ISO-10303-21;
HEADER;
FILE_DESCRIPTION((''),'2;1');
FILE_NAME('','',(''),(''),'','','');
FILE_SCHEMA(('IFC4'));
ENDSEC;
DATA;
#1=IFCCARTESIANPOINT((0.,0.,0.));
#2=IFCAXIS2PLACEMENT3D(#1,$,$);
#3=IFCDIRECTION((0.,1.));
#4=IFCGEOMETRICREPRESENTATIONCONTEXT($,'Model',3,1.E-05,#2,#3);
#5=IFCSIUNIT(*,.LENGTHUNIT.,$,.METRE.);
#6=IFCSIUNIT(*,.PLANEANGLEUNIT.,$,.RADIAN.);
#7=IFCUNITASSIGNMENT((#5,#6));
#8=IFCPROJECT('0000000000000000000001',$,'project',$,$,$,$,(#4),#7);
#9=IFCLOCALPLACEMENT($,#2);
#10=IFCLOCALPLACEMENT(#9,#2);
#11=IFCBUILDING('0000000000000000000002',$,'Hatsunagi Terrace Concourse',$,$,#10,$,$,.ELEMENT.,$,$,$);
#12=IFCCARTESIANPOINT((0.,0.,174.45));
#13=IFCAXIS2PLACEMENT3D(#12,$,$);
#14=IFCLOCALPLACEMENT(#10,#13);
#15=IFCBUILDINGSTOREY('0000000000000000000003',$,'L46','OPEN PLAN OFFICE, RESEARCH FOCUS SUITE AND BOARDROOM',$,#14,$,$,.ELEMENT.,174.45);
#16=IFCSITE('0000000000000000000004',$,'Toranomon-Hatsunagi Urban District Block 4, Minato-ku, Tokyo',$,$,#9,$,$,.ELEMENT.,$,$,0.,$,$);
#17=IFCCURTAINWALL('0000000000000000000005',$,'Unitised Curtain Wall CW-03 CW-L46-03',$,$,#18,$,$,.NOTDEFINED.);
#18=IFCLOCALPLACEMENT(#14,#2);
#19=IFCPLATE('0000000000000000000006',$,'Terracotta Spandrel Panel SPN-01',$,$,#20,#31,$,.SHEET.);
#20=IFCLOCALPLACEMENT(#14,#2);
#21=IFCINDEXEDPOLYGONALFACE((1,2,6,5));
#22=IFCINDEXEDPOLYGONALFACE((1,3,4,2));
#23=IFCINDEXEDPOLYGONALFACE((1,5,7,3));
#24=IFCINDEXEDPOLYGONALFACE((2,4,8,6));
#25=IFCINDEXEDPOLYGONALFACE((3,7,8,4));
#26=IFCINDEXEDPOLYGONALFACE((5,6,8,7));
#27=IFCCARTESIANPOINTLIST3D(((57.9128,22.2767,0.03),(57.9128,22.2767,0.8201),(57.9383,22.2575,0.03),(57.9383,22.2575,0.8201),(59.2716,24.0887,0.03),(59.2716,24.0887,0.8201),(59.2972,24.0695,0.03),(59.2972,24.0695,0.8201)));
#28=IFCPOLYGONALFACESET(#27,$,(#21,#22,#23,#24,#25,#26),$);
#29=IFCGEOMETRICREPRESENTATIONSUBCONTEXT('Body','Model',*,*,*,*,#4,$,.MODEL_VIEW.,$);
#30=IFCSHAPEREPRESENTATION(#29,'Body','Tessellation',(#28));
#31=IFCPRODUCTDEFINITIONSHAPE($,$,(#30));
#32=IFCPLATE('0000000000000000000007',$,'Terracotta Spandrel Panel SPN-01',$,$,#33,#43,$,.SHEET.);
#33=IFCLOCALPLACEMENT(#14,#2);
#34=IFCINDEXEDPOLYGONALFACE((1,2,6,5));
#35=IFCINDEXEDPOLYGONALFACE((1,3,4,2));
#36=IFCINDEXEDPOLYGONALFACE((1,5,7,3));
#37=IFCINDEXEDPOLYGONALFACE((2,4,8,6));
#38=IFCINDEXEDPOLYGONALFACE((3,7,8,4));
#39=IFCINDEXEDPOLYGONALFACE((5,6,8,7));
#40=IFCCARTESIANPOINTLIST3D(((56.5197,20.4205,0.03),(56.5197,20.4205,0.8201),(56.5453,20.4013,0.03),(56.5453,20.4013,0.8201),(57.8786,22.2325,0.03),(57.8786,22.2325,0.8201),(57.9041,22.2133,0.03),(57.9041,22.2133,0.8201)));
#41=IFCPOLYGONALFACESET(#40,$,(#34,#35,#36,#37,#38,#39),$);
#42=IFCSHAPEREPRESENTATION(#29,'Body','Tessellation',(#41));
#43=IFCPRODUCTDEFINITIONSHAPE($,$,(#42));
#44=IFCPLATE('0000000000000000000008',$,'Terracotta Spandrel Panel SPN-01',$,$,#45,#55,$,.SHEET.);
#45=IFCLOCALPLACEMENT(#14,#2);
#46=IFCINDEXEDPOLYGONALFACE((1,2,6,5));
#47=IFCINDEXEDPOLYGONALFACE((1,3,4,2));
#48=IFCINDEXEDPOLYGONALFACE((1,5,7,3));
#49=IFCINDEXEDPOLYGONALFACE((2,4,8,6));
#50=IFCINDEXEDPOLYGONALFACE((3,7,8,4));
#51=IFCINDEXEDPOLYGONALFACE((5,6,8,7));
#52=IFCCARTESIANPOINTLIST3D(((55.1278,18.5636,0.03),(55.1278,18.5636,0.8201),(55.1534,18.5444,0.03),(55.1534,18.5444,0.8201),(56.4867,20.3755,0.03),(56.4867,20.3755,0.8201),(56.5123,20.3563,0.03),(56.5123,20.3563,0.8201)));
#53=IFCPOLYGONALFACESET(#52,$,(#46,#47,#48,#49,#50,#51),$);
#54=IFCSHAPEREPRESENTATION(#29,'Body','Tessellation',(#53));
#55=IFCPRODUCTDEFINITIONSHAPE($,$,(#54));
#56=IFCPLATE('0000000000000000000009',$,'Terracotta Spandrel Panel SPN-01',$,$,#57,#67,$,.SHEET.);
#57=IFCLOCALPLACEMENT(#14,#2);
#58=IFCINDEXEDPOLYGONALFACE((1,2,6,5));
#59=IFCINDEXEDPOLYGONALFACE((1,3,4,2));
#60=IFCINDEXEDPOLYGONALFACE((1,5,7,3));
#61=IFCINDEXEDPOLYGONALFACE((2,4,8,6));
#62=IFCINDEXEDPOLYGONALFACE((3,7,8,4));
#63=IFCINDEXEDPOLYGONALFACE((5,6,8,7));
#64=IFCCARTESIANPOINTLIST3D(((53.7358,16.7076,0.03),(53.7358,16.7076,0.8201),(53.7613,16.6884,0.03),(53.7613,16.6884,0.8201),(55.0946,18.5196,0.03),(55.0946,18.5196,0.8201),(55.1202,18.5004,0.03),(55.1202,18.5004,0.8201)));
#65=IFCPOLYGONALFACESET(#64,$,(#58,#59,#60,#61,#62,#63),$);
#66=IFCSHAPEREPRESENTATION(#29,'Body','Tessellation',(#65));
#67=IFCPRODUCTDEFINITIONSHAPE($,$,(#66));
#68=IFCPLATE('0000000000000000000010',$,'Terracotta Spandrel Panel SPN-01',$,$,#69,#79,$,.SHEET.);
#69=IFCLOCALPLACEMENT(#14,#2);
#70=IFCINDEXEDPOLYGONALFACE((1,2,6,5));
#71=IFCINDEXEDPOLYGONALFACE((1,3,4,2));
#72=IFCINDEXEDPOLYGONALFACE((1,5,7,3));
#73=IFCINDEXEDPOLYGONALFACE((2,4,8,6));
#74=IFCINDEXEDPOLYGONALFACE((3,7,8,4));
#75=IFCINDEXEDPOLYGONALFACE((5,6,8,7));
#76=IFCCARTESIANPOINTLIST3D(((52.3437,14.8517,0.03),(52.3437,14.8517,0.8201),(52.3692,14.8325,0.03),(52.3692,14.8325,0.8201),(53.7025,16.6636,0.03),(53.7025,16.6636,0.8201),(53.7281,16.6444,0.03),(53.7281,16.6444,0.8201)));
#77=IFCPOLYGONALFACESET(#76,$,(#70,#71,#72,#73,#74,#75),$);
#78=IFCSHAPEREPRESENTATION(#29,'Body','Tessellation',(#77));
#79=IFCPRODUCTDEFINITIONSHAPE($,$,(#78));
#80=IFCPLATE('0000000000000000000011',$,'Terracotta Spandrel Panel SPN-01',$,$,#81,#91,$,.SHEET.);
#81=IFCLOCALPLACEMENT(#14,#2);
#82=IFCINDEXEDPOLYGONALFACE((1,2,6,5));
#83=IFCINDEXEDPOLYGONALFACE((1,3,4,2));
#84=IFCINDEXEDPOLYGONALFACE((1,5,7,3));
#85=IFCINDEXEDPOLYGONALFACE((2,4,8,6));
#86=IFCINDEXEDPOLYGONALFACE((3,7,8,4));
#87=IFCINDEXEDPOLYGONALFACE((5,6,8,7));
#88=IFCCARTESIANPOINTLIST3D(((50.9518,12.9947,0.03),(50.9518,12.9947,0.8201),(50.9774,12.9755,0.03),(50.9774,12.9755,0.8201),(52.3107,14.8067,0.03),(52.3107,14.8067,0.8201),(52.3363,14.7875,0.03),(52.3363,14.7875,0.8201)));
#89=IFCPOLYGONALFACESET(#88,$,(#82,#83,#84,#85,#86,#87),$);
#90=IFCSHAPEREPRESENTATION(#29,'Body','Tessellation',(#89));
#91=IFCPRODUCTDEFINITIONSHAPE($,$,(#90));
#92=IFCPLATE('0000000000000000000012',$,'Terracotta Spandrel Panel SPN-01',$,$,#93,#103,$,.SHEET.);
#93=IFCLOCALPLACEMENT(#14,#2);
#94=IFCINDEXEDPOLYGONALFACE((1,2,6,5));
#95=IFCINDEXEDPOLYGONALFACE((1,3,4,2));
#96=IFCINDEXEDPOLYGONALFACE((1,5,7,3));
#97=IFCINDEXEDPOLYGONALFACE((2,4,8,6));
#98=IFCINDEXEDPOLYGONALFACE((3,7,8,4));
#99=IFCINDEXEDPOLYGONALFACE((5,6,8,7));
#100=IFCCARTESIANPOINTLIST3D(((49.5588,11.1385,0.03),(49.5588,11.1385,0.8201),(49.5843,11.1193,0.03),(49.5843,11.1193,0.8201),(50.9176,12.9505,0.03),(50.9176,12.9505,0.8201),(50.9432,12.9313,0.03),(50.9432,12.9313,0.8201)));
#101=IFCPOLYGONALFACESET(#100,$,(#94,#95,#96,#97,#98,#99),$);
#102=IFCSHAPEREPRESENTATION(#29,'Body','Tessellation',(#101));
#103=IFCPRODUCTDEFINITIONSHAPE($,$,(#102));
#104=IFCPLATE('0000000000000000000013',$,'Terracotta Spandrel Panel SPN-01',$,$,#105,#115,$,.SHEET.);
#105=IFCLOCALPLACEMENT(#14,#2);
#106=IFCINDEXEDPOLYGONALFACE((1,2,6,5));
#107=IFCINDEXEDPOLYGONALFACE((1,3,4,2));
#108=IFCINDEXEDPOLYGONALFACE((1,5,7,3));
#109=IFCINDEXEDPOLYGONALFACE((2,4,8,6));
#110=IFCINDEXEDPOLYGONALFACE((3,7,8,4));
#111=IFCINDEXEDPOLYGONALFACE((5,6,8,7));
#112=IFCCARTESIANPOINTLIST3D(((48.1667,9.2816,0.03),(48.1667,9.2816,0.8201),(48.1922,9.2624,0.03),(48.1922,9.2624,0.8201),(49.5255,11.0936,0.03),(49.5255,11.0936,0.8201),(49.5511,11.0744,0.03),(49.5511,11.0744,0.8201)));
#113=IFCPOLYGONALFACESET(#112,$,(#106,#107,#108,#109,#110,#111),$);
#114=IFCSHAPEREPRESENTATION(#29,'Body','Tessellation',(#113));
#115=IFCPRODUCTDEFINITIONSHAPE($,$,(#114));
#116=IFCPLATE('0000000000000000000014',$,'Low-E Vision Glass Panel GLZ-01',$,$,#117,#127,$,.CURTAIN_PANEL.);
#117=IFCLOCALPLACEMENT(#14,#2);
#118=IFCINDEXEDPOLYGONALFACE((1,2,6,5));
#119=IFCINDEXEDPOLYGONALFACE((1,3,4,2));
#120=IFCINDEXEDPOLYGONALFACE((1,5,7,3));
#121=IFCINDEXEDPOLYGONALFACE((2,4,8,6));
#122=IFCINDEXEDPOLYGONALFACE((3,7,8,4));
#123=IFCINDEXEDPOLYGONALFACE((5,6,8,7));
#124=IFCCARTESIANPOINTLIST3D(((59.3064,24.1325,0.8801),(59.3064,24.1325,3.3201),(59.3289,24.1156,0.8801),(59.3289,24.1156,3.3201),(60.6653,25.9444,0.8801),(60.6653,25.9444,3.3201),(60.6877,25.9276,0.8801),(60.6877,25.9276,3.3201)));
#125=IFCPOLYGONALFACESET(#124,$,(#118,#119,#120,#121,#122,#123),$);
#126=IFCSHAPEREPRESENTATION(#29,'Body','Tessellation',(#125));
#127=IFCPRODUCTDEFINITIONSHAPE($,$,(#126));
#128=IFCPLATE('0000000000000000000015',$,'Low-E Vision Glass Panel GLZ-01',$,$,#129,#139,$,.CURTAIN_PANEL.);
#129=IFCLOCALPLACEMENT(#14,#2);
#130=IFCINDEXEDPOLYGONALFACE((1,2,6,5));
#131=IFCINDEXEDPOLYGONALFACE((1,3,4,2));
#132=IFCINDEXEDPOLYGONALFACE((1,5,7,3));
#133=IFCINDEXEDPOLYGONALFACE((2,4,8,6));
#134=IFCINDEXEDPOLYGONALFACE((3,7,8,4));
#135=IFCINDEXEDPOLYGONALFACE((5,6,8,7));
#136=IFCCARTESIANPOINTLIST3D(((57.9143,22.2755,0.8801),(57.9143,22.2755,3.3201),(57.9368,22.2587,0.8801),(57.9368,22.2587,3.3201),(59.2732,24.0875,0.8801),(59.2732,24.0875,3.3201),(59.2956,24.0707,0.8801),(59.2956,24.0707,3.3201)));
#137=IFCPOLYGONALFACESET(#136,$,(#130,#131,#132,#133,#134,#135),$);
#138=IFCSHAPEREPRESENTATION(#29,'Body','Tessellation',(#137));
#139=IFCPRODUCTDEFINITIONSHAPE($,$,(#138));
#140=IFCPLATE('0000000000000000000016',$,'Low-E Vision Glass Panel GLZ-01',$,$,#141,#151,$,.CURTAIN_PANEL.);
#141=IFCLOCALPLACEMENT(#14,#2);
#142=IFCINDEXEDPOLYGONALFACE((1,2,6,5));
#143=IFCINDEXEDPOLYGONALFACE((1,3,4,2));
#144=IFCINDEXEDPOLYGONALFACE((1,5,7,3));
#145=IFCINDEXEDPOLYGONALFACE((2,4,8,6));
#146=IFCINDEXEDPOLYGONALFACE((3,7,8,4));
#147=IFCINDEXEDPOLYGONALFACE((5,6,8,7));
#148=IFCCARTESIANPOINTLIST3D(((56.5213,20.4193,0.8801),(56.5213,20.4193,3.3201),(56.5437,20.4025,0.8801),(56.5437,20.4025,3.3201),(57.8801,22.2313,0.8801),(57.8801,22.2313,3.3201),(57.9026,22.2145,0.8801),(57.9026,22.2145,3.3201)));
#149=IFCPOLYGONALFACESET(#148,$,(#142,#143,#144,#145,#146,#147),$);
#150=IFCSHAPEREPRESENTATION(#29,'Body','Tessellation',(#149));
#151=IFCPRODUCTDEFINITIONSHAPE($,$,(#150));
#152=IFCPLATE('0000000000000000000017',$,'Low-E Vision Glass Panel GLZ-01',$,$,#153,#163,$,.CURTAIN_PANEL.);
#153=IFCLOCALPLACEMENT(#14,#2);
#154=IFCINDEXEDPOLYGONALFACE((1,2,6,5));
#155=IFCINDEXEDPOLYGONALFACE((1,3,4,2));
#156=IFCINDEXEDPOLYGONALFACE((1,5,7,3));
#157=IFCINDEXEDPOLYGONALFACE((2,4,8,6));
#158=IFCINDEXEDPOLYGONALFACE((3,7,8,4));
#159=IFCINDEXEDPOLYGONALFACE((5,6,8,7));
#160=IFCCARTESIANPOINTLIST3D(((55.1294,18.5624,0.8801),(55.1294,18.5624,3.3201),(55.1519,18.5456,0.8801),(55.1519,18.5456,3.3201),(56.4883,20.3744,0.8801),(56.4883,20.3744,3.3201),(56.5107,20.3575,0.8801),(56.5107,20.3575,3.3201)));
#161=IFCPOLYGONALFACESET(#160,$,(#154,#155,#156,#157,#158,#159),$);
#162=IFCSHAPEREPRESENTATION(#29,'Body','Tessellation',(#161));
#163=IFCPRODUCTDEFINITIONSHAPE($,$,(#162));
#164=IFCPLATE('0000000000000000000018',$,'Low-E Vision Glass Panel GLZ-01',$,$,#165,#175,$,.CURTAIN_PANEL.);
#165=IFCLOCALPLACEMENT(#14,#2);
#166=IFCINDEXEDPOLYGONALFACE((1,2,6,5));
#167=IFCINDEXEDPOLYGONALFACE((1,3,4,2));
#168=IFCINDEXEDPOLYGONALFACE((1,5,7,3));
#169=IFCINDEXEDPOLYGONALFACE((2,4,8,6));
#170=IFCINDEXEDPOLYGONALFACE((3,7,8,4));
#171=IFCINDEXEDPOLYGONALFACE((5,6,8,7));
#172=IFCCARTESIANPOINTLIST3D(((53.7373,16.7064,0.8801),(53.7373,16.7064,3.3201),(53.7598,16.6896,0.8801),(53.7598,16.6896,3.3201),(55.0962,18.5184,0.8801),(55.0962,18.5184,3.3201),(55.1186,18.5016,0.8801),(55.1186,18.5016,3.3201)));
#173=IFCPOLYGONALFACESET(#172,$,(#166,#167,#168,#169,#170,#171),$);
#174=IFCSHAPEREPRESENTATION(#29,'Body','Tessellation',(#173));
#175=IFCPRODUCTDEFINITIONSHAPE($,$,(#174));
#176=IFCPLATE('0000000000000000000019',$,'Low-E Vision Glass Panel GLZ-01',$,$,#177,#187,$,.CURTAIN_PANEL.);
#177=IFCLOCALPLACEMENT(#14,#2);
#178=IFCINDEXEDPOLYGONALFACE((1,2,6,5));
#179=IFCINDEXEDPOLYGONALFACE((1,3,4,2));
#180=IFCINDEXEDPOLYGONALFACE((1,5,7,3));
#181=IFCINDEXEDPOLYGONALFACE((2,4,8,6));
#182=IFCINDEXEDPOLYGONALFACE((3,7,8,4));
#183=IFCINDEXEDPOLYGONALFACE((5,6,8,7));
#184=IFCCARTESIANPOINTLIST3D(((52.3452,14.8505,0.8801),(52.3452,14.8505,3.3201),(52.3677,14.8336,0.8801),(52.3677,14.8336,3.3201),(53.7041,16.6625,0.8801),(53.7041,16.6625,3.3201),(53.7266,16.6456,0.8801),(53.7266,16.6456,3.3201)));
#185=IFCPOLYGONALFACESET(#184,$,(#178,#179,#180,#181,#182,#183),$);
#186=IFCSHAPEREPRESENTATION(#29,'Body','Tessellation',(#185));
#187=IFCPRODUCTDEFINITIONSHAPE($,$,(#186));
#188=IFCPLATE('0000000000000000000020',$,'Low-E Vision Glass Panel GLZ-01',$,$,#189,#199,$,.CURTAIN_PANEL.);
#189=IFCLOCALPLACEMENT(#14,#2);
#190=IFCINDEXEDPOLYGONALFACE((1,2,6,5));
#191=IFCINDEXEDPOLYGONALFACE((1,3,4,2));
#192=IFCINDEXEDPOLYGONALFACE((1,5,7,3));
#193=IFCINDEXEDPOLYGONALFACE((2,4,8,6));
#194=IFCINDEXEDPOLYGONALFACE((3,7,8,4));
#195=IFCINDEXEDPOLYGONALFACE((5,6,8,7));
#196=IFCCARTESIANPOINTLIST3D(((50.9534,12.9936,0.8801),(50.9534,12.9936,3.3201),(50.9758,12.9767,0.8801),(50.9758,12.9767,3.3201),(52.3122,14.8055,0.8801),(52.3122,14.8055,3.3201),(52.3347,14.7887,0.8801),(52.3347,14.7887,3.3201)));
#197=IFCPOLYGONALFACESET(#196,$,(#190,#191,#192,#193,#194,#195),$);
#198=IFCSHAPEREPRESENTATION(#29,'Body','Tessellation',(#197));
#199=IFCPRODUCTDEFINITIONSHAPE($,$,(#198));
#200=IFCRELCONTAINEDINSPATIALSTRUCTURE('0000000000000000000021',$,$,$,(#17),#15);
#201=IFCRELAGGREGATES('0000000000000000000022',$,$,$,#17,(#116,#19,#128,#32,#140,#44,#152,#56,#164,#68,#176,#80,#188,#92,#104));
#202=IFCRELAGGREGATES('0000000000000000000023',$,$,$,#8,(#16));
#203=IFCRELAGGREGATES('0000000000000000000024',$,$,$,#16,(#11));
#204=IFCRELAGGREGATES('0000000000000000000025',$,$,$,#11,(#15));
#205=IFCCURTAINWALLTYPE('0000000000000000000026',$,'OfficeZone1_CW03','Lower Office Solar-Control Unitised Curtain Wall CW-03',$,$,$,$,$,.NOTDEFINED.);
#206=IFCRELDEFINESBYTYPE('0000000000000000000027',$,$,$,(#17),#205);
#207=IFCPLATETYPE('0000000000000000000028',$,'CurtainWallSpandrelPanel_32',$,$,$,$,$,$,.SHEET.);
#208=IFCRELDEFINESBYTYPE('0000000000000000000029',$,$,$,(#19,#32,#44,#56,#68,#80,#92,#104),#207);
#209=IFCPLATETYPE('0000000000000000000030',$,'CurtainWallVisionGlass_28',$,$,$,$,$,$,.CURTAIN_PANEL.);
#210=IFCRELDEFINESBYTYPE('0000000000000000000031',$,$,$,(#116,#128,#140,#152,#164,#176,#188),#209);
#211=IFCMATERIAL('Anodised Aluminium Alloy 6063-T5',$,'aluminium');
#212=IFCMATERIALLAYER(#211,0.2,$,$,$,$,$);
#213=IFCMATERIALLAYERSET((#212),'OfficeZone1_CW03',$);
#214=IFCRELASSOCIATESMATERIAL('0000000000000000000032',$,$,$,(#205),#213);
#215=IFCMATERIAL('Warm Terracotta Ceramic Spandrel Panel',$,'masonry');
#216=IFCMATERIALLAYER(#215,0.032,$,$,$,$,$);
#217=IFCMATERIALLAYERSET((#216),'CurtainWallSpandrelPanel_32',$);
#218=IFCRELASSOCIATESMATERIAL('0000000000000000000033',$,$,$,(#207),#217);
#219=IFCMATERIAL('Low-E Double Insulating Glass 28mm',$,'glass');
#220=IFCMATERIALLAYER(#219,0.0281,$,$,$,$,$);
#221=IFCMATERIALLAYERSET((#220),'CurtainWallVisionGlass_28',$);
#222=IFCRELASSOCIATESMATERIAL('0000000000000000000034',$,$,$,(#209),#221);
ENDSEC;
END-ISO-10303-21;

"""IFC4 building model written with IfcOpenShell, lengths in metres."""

from ifc_helpers import new_model, si_unit, direction, frame, origin, origin_2d, place, context, subcontext, project, spatial, rectangle, extrude, material, layer, layer_set, type_object, element, aggregate, save


model = new_model("IFC4")

# Units and contexts
model_context = context("Model", 3, precision=1e-05, world=origin(), true_north=direction((0.0, 1.0)))
body_context = subcontext(model_context, "Body", "Model", "MODEL_VIEW")
ifc_project = project(units=[si_unit("LENGTHUNIT", "METRE"), si_unit("PLANEANGLEUNIT", "RADIAN")], contexts=[model_context])

# Site, building, storey
site_placement = place(None, origin())
site = spatial("IfcSite", under=ifc_project, at=site_placement, Name="Toranomon-Hatsunagi Urban District Block 4, Minato-ku, Tokyo", CompositionType="ELEMENT", RefElevation=0.0)
building_placement = place(site_placement, origin())
building = spatial("IfcBuilding", under=site, at=building_placement, Name="Hatsunagi Terrace Concourse", CompositionType="ELEMENT")
storey_placement = place(building_placement, frame((0.0, 0.0, 174.45)))
storey = spatial("IfcBuildingStorey", under=building, at=storey_placement, Name="L46", Description="OPEN PLAN OFFICE, RESEARCH FOCUS SUITE AND BOARDROOM", CompositionType="ELEMENT", Elevation=174.45)

# Curtain wall
ifc_material_1 = material(Name="Anodised Aluminium Alloy 6063-T5", Category="aluminium")
ifc_layer_1 = layer(ifc_material_1, 0.2)
ifc_layer_set_1 = layer_set([ifc_layer_1], Name="OfficeZone1_CW03")
curtain_wall_type = type_object("IfcCurtainWallType", Name="OfficeZone1_CW03", Description="Lower Office Solar-Control Unitised Curtain Wall CW-03", PredefinedType="NOTDEFINED", material=ifc_layer_set_1)
curtain_wall_placement = place(storey_placement, origin())
curtain_wall = element("IfcCurtainWall", 1, at=curtain_wall_placement, inside=storey, type_object=curtain_wall_type, Name="Unitised Curtain Wall CW-03 CW-L46-03", PredefinedType="NOTDEFINED")

# Plates
ifc_material_2 = material(Name="Warm Terracotta Ceramic Spandrel Panel", Category="masonry")
ifc_layer_2 = layer(ifc_material_2, 0.032)
ifc_layer_set_2 = layer_set([ifc_layer_2], Name="CurtainWallSpandrelPanel_32")
plate_type_1 = type_object("IfcPlateType", Name="CurtainWallSpandrelPanel_32", PredefinedType="SHEET", material=ifc_layer_set_2)
plate_1_placement = place(storey_placement, frame((58.605, 23.1731, 0.03), z_axis=(0.0, 0.0, 1.0), x_axis=(-0.599969, -0.800023, 0.0)))
plate_1 = element("IfcPlate", 2, at=plate_1_placement, type_object=plate_type_1, Name="Terracotta Spandrel Panel SPN-01", PredefinedType="SHEET", context=body_context, shape_type="SweptSolid", body=[
    extrude(rectangle(XDim=2.2649, YDim=0.032, at=origin_2d()), origin(), (0.0, 0.0, 1.0), 0.79),
])
plate_2_placement = place(storey_placement, frame((57.2119, 21.3169, 0.03), z_axis=(0.0, 0.0, 1.0), x_axis=(-0.599969, -0.800023, 0.0)))
plate_2 = element("IfcPlate", 3, at=plate_2_placement, type_object=plate_type_1, Name="Terracotta Spandrel Panel SPN-01", PredefinedType="SHEET", context=body_context, shape_type="SweptSolid", body=[
    extrude(rectangle(XDim=2.2649, YDim=0.032, at=origin_2d()), origin(), (0.0, 0.0, 1.0), 0.79),
])
plate_3_placement = place(storey_placement, frame((55.8201, 19.46, 0.03), z_axis=(0.0, 0.0, 1.0), x_axis=(-0.599969, -0.800023, 0.0)))
plate_3 = element("IfcPlate", 4, at=plate_3_placement, type_object=plate_type_1, Name="Terracotta Spandrel Panel SPN-01", PredefinedType="SHEET", context=body_context, shape_type="SweptSolid", body=[
    extrude(rectangle(XDim=2.2649, YDim=0.032, at=origin_2d()), origin(), (0.0, 0.0, 1.0), 0.79),
])
plate_4_placement = place(storey_placement, frame((54.428, 17.604, 0.03), z_axis=(0.0, 0.0, 1.0), x_axis=(-0.599969, -0.800023, 0.0)))
plate_4 = element("IfcPlate", 5, at=plate_4_placement, type_object=plate_type_1, Name="Terracotta Spandrel Panel SPN-01", PredefinedType="SHEET", context=body_context, shape_type="SweptSolid", body=[
    extrude(rectangle(XDim=2.2649, YDim=0.032, at=origin_2d()), origin(), (0.0, 0.0, 1.0), 0.79),
])
plate_5_placement = place(storey_placement, frame((53.0359, 15.748, 0.03), z_axis=(0.0, 0.0, 1.0), x_axis=(-0.599969, -0.800023, 0.0)))
plate_5 = element("IfcPlate", 6, at=plate_5_placement, type_object=plate_type_1, Name="Terracotta Spandrel Panel SPN-01", PredefinedType="SHEET", context=body_context, shape_type="SweptSolid", body=[
    extrude(rectangle(XDim=2.2649, YDim=0.032, at=origin_2d()), origin(), (0.0, 0.0, 1.0), 0.79),
])
plate_6_placement = place(storey_placement, frame((51.644, 13.8911, 0.03), z_axis=(0.0, 0.0, 1.0), x_axis=(-0.599969, -0.800023, 0.0)))
plate_6 = element("IfcPlate", 7, at=plate_6_placement, type_object=plate_type_1, Name="Terracotta Spandrel Panel SPN-01", PredefinedType="SHEET", context=body_context, shape_type="SweptSolid", body=[
    extrude(rectangle(XDim=2.2649, YDim=0.032, at=origin_2d()), origin(), (0.0, 0.0, 1.0), 0.79),
])
plate_7_placement = place(storey_placement, frame((50.251, 12.0349, 0.03), z_axis=(0.0, 0.0, 1.0), x_axis=(-0.599969, -0.800023, 0.0)))
plate_7 = element("IfcPlate", 8, at=plate_7_placement, type_object=plate_type_1, Name="Terracotta Spandrel Panel SPN-01", PredefinedType="SHEET", context=body_context, shape_type="SweptSolid", body=[
    extrude(rectangle(XDim=2.2649, YDim=0.032, at=origin_2d()), origin(), (0.0, 0.0, 1.0), 0.79),
])
plate_8_placement = place(storey_placement, frame((48.8589, 10.178, 0.03), z_axis=(0.0, 0.0, 1.0), x_axis=(-0.599969, -0.800023, 0.0)))
plate_8 = element("IfcPlate", 9, at=plate_8_placement, type_object=plate_type_1, Name="Terracotta Spandrel Panel SPN-01", PredefinedType="SHEET", context=body_context, shape_type="SweptSolid", body=[
    extrude(rectangle(XDim=2.2649, YDim=0.032, at=origin_2d()), origin(), (0.0, 0.0, 1.0), 0.79),
])
ifc_material_3 = material(Name="Low-E Double Insulating Glass 28mm", Category="glass")
ifc_layer_3 = layer(ifc_material_3, 0.0281)
ifc_layer_set_3 = layer_set([ifc_layer_3], Name="CurtainWallVisionGlass_28")
plate_type_2 = type_object("IfcPlateType", Name="CurtainWallVisionGlass_28", PredefinedType="CURTAIN_PANEL", material=ifc_layer_set_3)
plate_9_placement = place(storey_placement, frame((59.9971, 25.03, 0.8801), z_axis=(0.0, 0.0, 1.0), x_axis=(-0.599969, -0.800023, 0.0)))
plate_9 = element("IfcPlate", 10, at=plate_9_placement, type_object=plate_type_2, Name="Low-E Vision Glass Panel GLZ-01", PredefinedType="CURTAIN_PANEL", context=body_context, shape_type="SweptSolid", body=[
    extrude(rectangle(XDim=2.2649, YDim=0.0281, at=origin_2d()), origin(), (0.0, 0.0, 1.0), 2.4399),
])
plate_10_placement = place(storey_placement, frame((58.605, 23.1731, 0.8801), z_axis=(0.0, 0.0, 1.0), x_axis=(-0.599969, -0.800023, 0.0)))
plate_10 = element("IfcPlate", 11, at=plate_10_placement, type_object=plate_type_2, Name="Low-E Vision Glass Panel GLZ-01", PredefinedType="CURTAIN_PANEL", context=body_context, shape_type="SweptSolid", body=[
    extrude(rectangle(XDim=2.2649, YDim=0.0281, at=origin_2d()), origin(), (0.0, 0.0, 1.0), 2.4399),
])
plate_11_placement = place(storey_placement, frame((57.2119, 21.3169, 0.8801), z_axis=(0.0, 0.0, 1.0), x_axis=(-0.599969, -0.800023, 0.0)))
plate_11 = element("IfcPlate", 12, at=plate_11_placement, type_object=plate_type_2, Name="Low-E Vision Glass Panel GLZ-01", PredefinedType="CURTAIN_PANEL", context=body_context, shape_type="SweptSolid", body=[
    extrude(rectangle(XDim=2.2649, YDim=0.0281, at=origin_2d()), origin(), (0.0, 0.0, 1.0), 2.4399),
])
plate_12_placement = place(storey_placement, frame((55.8201, 19.46, 0.8801), z_axis=(0.0, 0.0, 1.0), x_axis=(-0.599969, -0.800023, 0.0)))
plate_12 = element("IfcPlate", 13, at=plate_12_placement, type_object=plate_type_2, Name="Low-E Vision Glass Panel GLZ-01", PredefinedType="CURTAIN_PANEL", context=body_context, shape_type="SweptSolid", body=[
    extrude(rectangle(XDim=2.2649, YDim=0.0281, at=origin_2d()), origin(), (0.0, 0.0, 1.0), 2.4399),
])
plate_13_placement = place(storey_placement, frame((54.428, 17.604, 0.8801), z_axis=(0.0, 0.0, 1.0), x_axis=(-0.599969, -0.800023, 0.0)))
plate_13 = element("IfcPlate", 14, at=plate_13_placement, type_object=plate_type_2, Name="Low-E Vision Glass Panel GLZ-01", PredefinedType="CURTAIN_PANEL", context=body_context, shape_type="SweptSolid", body=[
    extrude(rectangle(XDim=2.2649, YDim=0.0281, at=origin_2d()), origin(), (0.0, 0.0, 1.0), 2.4399),
])
plate_14_placement = place(storey_placement, frame((53.0359, 15.748, 0.8801), z_axis=(0.0, 0.0, 1.0), x_axis=(-0.599969, -0.800023, 0.0)))
plate_14 = element("IfcPlate", 15, at=plate_14_placement, type_object=plate_type_2, Name="Low-E Vision Glass Panel GLZ-01", PredefinedType="CURTAIN_PANEL", context=body_context, shape_type="SweptSolid", body=[
    extrude(rectangle(XDim=2.2649, YDim=0.0281, at=origin_2d()), origin(), (0.0, 0.0, 1.0), 2.4399),
])
plate_15_placement = place(storey_placement, frame((51.644, 13.8911, 0.8801), z_axis=(0.0, 0.0, 1.0), x_axis=(-0.599969, -0.800023, 0.0)))
plate_15 = element("IfcPlate", 16, at=plate_15_placement, type_object=plate_type_2, Name="Low-E Vision Glass Panel GLZ-01", PredefinedType="CURTAIN_PANEL", context=body_context, shape_type="SweptSolid", body=[
    extrude(rectangle(XDim=2.2649, YDim=0.0281, at=origin_2d()), origin(), (0.0, 0.0, 1.0), 2.4399),
])
aggregate(curtain_wall, [plate_9, plate_1, plate_10, plate_2, plate_11, plate_3, plate_12, plate_4, plate_13, plate_5, plate_14, plate_6, plate_15, plate_7, plate_8])

save(model, "model.ifc")
